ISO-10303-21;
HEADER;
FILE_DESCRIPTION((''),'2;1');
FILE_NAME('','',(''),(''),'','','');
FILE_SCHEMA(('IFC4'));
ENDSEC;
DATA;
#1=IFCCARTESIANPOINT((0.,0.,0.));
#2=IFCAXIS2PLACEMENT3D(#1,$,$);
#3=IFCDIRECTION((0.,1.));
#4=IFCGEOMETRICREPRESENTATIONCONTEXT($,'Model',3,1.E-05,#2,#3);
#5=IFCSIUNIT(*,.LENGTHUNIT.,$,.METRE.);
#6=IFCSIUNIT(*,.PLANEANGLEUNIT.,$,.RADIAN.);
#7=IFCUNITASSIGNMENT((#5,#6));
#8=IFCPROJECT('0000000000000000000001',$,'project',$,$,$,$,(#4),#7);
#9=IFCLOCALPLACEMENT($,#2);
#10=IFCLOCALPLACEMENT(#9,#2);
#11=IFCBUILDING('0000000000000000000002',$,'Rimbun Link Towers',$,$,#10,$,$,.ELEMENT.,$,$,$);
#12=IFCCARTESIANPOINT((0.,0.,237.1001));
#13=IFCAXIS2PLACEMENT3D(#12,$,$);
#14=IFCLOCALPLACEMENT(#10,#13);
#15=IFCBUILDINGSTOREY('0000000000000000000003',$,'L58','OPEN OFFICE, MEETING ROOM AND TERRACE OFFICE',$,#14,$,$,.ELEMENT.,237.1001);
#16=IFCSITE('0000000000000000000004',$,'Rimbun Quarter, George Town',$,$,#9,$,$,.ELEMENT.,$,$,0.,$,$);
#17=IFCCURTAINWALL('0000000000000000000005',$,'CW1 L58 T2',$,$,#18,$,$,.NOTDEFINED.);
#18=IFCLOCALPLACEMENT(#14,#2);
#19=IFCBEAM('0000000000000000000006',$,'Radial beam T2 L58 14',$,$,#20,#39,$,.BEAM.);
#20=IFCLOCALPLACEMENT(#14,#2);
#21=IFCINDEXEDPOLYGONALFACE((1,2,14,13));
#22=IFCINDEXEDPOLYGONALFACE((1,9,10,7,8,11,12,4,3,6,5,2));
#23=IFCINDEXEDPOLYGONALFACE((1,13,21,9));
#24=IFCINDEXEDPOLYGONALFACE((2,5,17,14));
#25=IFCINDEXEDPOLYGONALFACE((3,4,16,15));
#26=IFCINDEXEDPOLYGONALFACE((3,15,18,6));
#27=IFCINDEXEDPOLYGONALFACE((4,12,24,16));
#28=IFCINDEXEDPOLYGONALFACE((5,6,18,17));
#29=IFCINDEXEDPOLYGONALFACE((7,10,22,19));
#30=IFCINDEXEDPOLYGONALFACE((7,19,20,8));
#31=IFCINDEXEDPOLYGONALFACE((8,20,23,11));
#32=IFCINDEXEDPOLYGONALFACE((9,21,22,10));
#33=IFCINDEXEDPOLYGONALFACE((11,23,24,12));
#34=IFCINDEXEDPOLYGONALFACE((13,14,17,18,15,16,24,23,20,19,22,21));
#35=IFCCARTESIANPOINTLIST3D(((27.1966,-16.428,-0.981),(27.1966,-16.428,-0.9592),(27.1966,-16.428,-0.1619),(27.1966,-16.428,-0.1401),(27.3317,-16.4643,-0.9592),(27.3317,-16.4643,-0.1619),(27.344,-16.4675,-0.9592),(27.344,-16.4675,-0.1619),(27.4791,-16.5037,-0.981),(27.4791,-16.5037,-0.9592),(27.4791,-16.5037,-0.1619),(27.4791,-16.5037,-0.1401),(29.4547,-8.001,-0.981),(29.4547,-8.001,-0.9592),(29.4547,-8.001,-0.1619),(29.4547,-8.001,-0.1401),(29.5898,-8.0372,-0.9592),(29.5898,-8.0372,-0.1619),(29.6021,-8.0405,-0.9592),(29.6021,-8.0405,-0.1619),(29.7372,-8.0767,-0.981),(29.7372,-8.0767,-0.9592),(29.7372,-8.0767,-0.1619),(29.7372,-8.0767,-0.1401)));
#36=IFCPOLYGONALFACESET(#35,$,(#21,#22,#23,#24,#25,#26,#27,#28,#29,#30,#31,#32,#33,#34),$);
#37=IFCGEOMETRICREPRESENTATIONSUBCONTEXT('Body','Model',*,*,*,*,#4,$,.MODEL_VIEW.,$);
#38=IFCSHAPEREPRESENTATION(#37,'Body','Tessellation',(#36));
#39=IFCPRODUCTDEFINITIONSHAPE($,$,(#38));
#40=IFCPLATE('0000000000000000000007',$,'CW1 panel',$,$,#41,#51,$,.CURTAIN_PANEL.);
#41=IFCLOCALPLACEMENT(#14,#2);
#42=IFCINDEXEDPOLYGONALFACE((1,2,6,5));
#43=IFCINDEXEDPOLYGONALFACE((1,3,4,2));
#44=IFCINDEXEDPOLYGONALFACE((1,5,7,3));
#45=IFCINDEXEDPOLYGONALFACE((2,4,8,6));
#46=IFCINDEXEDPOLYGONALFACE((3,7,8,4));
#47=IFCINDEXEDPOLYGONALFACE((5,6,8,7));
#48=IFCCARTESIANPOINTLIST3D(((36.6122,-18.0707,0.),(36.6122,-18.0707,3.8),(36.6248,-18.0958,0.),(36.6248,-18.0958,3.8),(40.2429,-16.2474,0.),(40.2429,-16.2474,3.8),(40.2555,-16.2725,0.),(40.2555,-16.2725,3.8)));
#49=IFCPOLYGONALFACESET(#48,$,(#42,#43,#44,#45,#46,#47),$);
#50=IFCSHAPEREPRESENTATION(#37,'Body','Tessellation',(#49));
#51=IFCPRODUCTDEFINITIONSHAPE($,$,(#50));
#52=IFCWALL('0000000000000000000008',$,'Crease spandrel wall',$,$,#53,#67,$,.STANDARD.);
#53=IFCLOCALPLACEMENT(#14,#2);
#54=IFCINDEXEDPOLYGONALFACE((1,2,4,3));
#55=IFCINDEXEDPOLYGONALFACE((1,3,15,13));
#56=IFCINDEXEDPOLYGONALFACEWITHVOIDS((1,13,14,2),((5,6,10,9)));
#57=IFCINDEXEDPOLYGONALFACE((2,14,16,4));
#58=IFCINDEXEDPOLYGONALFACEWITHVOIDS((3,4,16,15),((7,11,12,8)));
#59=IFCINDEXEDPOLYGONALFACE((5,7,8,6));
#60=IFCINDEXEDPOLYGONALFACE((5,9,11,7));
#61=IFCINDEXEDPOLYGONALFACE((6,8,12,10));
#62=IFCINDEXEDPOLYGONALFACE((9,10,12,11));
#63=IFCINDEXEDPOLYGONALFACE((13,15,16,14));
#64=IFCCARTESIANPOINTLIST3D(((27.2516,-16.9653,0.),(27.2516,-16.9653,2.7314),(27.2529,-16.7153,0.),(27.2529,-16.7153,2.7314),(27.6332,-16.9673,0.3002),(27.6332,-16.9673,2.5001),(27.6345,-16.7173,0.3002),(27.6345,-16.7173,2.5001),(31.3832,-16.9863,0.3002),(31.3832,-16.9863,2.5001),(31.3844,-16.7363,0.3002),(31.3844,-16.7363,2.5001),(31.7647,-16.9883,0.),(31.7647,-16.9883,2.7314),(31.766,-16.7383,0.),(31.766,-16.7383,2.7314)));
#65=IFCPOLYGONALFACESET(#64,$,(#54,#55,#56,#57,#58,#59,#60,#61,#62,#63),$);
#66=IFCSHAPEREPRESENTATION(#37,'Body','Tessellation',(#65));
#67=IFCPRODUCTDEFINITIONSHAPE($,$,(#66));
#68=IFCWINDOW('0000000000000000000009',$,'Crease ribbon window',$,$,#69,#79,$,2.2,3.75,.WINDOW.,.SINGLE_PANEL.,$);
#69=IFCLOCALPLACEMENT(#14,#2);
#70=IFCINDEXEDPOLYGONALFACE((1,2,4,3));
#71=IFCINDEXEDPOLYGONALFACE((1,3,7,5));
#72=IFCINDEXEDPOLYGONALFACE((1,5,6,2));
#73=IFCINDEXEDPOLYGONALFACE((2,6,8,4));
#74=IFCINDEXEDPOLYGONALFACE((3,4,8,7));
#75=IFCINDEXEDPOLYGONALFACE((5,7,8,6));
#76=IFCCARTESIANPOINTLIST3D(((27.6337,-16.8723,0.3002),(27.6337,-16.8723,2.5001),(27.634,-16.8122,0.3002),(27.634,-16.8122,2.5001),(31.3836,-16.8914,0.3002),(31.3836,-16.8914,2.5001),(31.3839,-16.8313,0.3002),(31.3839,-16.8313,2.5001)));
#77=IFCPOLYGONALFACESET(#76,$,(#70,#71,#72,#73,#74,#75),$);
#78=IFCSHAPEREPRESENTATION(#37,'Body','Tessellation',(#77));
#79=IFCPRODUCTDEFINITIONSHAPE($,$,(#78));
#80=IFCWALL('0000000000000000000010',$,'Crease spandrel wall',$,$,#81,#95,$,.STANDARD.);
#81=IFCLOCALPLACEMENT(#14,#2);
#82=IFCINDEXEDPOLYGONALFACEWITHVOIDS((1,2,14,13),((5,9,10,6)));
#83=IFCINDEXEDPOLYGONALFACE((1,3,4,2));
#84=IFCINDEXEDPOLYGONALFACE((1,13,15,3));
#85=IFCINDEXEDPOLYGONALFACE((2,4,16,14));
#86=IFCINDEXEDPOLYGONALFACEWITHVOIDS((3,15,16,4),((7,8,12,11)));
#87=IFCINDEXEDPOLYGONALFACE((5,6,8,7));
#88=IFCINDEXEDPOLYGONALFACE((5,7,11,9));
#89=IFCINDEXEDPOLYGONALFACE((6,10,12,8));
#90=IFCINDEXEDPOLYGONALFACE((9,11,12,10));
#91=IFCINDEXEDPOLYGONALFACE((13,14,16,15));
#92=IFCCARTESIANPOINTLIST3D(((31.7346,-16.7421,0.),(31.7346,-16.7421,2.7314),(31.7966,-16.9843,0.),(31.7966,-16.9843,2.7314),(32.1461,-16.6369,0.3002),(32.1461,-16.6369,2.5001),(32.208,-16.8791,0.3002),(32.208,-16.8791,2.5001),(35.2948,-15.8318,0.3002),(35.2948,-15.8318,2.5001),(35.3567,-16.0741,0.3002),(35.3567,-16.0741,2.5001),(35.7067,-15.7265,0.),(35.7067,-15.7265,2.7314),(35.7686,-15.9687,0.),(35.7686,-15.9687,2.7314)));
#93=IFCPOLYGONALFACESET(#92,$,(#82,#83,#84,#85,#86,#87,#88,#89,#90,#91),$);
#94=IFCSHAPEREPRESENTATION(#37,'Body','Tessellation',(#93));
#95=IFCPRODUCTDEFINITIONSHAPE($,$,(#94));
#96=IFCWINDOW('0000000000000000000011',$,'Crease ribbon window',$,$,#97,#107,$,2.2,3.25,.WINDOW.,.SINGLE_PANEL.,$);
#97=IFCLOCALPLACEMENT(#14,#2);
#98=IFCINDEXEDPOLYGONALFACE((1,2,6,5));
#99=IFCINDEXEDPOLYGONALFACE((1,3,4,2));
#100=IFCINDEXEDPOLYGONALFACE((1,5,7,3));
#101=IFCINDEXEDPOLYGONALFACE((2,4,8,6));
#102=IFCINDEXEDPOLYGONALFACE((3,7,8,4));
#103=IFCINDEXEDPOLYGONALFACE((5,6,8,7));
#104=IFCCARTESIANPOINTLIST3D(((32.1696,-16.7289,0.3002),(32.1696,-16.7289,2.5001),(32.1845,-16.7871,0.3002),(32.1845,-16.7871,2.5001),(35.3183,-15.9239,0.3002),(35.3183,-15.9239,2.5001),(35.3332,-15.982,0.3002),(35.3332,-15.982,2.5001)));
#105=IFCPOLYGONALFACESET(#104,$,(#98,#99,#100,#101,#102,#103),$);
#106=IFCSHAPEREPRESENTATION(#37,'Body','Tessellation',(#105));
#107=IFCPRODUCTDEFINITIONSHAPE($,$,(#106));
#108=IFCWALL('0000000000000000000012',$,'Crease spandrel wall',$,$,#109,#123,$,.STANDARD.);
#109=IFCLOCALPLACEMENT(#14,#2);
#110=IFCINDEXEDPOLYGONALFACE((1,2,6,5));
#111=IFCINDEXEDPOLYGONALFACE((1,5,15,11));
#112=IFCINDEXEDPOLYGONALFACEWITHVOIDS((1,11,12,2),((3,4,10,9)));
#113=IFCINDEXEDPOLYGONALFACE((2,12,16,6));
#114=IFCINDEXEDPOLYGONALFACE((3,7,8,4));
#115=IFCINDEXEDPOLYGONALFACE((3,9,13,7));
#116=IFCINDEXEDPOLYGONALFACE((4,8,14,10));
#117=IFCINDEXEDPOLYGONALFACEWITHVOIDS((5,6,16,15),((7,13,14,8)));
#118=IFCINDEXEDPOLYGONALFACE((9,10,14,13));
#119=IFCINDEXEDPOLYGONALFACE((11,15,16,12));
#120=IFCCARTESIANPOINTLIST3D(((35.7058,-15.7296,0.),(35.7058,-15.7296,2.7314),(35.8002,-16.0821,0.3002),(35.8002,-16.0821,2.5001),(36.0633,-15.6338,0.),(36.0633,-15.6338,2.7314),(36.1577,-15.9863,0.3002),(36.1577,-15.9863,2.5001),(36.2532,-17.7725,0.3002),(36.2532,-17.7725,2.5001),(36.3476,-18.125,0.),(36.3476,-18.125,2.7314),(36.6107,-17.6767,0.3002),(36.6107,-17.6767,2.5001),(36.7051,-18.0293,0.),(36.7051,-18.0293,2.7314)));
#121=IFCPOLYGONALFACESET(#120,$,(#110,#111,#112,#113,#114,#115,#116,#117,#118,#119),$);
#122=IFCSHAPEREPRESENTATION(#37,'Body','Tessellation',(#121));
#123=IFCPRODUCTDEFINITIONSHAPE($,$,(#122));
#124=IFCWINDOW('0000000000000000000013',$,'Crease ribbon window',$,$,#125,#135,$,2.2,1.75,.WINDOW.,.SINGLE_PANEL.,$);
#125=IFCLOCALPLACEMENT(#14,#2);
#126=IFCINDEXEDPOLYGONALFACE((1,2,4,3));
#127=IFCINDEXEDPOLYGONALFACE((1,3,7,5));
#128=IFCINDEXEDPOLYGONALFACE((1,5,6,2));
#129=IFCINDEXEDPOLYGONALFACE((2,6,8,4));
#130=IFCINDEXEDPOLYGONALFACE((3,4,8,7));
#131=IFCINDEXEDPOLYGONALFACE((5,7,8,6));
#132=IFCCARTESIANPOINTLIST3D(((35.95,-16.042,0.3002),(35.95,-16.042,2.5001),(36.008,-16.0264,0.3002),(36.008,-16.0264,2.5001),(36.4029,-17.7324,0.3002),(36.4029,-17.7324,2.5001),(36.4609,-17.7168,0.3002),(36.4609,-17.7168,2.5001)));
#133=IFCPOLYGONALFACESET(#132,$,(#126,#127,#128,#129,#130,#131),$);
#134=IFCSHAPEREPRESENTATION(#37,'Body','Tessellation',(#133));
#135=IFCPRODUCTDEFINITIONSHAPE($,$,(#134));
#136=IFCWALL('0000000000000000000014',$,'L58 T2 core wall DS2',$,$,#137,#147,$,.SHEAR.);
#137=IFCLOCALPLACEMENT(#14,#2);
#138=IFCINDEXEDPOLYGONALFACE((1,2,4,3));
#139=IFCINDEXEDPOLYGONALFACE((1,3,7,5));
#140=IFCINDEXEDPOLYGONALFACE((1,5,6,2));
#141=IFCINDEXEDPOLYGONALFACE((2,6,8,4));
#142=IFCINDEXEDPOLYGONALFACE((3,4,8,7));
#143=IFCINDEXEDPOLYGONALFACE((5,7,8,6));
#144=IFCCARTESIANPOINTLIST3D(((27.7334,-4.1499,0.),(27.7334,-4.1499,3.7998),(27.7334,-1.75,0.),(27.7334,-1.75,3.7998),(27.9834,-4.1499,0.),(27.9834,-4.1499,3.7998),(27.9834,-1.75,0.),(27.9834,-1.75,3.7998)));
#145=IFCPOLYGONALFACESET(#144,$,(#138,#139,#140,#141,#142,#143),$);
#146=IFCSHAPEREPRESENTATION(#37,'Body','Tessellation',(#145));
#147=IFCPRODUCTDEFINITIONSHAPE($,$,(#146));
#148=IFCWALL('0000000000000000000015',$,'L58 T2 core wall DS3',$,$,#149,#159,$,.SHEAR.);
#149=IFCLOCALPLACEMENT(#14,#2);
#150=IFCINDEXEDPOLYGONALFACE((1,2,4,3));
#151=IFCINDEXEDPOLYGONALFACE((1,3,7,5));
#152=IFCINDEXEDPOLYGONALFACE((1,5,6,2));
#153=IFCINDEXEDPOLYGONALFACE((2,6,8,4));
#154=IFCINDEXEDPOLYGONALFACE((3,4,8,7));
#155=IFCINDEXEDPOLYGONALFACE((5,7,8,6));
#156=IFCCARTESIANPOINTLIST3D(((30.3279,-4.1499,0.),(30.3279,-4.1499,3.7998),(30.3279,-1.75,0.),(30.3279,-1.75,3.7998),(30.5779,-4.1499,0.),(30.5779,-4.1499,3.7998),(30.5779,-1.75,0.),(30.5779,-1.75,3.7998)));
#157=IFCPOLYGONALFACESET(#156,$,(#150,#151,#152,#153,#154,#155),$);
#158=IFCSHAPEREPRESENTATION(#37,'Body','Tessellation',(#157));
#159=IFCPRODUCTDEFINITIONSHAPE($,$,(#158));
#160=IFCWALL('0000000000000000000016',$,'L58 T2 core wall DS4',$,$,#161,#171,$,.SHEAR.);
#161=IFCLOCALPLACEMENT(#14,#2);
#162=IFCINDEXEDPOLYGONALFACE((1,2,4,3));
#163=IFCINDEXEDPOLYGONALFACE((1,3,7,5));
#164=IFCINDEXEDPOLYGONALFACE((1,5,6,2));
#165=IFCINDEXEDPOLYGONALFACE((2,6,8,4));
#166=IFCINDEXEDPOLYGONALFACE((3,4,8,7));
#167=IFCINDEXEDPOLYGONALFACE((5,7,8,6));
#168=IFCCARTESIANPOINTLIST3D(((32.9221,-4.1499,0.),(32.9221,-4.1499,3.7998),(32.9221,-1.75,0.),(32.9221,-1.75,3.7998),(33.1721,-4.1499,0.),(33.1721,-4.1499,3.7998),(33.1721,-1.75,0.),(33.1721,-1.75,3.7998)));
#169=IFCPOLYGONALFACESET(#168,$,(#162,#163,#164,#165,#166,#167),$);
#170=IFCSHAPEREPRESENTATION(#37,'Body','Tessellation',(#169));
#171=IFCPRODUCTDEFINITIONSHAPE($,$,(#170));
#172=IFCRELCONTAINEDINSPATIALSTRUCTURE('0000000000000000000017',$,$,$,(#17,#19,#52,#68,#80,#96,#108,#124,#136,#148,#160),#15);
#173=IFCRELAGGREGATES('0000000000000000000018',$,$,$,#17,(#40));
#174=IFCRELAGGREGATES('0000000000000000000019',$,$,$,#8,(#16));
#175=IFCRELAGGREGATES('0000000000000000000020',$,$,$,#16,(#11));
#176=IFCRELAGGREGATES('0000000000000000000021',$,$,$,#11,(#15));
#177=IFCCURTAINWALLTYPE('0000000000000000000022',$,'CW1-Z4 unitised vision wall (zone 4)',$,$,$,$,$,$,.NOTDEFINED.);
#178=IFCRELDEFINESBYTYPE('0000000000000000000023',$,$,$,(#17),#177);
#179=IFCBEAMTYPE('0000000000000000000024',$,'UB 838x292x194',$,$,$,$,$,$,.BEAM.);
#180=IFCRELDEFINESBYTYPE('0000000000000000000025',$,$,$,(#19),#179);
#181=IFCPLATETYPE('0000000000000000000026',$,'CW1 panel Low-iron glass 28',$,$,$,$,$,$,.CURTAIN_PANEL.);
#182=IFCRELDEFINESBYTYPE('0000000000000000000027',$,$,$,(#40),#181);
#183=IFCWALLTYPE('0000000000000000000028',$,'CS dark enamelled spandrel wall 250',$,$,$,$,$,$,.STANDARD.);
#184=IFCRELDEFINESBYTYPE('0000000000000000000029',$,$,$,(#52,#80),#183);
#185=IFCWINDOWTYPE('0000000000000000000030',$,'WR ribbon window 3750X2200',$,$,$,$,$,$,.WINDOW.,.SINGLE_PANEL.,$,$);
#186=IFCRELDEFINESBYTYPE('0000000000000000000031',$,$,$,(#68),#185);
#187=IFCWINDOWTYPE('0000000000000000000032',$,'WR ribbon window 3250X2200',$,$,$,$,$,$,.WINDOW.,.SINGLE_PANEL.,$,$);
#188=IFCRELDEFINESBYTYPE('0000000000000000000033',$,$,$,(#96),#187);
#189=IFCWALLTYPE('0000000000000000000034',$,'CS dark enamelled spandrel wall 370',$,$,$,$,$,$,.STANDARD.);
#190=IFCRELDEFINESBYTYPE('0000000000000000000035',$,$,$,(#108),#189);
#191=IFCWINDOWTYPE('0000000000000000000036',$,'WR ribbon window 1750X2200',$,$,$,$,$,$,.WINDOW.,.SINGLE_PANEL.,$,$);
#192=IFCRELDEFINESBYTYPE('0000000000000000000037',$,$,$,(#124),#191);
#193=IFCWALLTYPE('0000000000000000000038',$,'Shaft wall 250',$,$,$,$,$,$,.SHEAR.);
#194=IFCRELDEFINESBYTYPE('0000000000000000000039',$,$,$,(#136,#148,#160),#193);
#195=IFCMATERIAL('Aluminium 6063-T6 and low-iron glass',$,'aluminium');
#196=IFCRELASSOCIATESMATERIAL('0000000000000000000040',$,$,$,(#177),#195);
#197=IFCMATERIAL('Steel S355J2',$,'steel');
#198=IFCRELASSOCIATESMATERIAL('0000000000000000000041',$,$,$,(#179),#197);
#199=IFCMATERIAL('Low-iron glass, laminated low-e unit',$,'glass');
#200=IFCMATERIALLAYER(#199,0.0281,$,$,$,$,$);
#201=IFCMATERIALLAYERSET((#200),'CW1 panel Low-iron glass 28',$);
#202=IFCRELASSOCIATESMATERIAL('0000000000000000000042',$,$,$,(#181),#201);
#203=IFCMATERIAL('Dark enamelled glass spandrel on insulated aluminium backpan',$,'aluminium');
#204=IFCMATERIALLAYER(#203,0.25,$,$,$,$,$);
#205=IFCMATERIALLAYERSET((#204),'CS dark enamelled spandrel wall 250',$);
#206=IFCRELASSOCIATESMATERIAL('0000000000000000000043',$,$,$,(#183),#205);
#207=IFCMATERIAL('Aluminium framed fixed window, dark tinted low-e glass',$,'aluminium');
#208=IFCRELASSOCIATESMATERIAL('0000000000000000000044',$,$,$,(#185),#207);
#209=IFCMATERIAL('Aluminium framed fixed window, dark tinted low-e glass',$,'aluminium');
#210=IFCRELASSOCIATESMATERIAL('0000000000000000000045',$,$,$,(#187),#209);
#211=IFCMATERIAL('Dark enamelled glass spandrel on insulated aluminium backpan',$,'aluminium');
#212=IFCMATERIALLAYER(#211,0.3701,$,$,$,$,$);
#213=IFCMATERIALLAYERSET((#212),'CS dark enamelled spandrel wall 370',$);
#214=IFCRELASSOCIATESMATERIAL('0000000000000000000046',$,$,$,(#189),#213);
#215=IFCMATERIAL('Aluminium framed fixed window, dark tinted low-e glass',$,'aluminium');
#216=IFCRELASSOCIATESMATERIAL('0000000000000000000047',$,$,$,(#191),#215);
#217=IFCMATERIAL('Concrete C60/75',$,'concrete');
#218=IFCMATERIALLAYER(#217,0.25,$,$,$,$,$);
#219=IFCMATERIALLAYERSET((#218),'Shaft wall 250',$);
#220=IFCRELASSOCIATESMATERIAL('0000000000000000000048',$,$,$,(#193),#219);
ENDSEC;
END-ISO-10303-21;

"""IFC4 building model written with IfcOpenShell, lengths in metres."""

from ifc_helpers import new_model, si_unit, direction, frame, frame_2d, origin, origin_2d, place, context, subcontext, project, spatial, rectangle, i_section, extrude, material, layer, layer_set, material_profile, profile_set, type_object, element, fill, aggregate, save


model = new_model("IFC4")

# Units and contexts
model_context = context("Model", 3, precision=1e-05, world=origin(), true_north=direction((0.0, 1.0)))
body_context = subcontext(model_context, "Body", "Model", "MODEL_VIEW")
ifc_project = project(units=[si_unit("LENGTHUNIT", "METRE"), si_unit("PLANEANGLEUNIT", "RADIAN")], contexts=[model_context])

# Site, building, storey
site_placement = place(None, origin())
site = spatial("IfcSite", under=ifc_project, at=site_placement, Name="Rimbun Quarter, George Town", CompositionType="ELEMENT", RefElevation=0.0)
building_placement = place(site_placement, origin())
building = spatial("IfcBuilding", under=site, at=building_placement, Name="Rimbun Link Towers", CompositionType="ELEMENT")
storey_placement = place(building_placement, frame((0.0, 0.0, 237.1001)))
storey = spatial("IfcBuildingStorey", under=building, at=storey_placement, Name="L58", Description="OPEN OFFICE, MEETING ROOM AND TERRACE OFFICE", CompositionType="ELEMENT", Elevation=237.1001)

# Curtain wall
ifc_material_1 = material(Name="Aluminium 6063-T6 and low-iron glass", Category="aluminium")
curtain_wall_type = type_object("IfcCurtainWallType", Name="CW1-Z4 unitised vision wall (zone 4)", PredefinedType="NOTDEFINED", material=ifc_material_1)
curtain_wall_placement = place(storey_placement, origin())
curtain_wall = element("IfcCurtainWall", 1, at=curtain_wall_placement, inside=storey, type_object=curtain_wall_type, Name="CW1 L58 T2", PredefinedType="NOTDEFINED")

# Beam
ifc_material_2 = material(Name="Steel S355J2", Category="steel")
ifc_material_profile_1 = material_profile(ifc_material_2, i_section(OverallWidth=0.2925, OverallDepth=0.8408, WebThickness=0.0127, FlangeThickness=0.0217, at=origin_2d()), Name="UB 838x292x194")
ifc_profile_set_1 = profile_set([ifc_material_profile_1], Name="Steel S355J2")
beam_type_1 = type_object("IfcBeamType", Name="UB 838x292x194", PredefinedType="BEAM", material=ifc_profile_set_1)
beam_1_placement = place(storey_placement, frame((29.5959, -8.0388, -0.5605), z_axis=(-0.258824, -0.965924, 0.0), x_axis=(0.965924, -0.258824, 0.0)))
element("IfcBeam", 2, at=beam_1_placement, inside=storey, type_object=beam_type_1, Name="Radial beam T2 L58 14", PredefinedType="BEAM", context=body_context, shape_type="SweptSolid", body=[
    extrude(i_section(OverallWidth=0.2925, OverallDepth=0.8408, WebThickness=0.0127, FlangeThickness=0.0217, at=origin_2d()), origin(), (0.0, 0.0, 1.0), 8.7244),
])

# Plate
ifc_material_3 = material(Name="Low-iron glass, laminated low-e unit", Category="glass")
ifc_layer_1 = layer(ifc_material_3, 0.0281)
ifc_layer_set_1 = layer_set([ifc_layer_1], Name="CW1 panel Low-iron glass 28")
plate_type = type_object("IfcPlateType", Name="CW1 panel Low-iron glass 28", PredefinedType="CURTAIN_PANEL", material=ifc_layer_set_1)
plate_placement = place(storey_placement, frame((38.4338, -17.1716, 0.0), z_axis=(0.0, 0.0, 1.0), x_axis=(-0.893643, -0.448779, 0.0)))
plate = element("IfcPlate", 3, at=plate_placement, type_object=plate_type, Name="CW1 panel", PredefinedType="CURTAIN_PANEL", context=body_context, shape_type="SweptSolid", body=[
    extrude(rectangle(XDim=4.0627, YDim=0.0281, at=origin_2d()), origin(), (0.0, 0.0, 1.0), 3.8),
])
aggregate(curtain_wall, [plate])

# Walls, openings, windows
ifc_material_4 = material(Name="Dark enamelled glass spandrel on insulated aluminium backpan", Category="aluminium")
ifc_layer_2 = layer(ifc_material_4, 0.25)
ifc_layer_set_2 = layer_set([ifc_layer_2], Name="CS dark enamelled spandrel wall 250")
wall_type_1 = type_object("IfcWallType", Name="CS dark enamelled spandrel wall 250", PredefinedType="STANDARD", material=ifc_layer_set_2)
wall_1_placement = place(storey_placement, frame((31.7654, -16.8633, 0.0), z_axis=(0.0, 0.0, 1.0), x_axis=(-0.999987, 0.005085, 0.0)))
wall_1 = element("IfcWall", 4, at=wall_1_placement, inside=storey, type_object=wall_type_1, Name="Crease spandrel wall", PredefinedType="STANDARD", context=body_context, shape_type="SweptSolid", body=[
    extrude(rectangle(XDim=4.5132, YDim=0.25, at=frame_2d((2.2566, 0.0))), origin(), (0.0, 0.0, 1.0), 2.7314),
])
opening_1_placement = place(wall_1_placement, frame((0.3816, 0.0, 0.3)))
opening_1 = element("IfcOpeningElement", 5, at=opening_1_placement, cuts=wall_1, PredefinedType="OPENING", context=body_context, shape_type="SweptSolid", body=[
    extrude(rectangle(XDim=3.75, YDim=2.2, at=frame_2d((1.875, 1.1001))), frame((0.0, 0.135, 0.0), z_axis=(0.0, -1.0, 0.0), x_axis=(1.0, 0.0, 0.0)), (0.0, 0.0, 1.0), 0.27),
])
ifc_material_5 = material(Name="Aluminium framed fixed window, dark tinted low-e glass", Category="aluminium")
window_type_1 = type_object("IfcWindowType", Name="WR ribbon window 3750X2200", PartitioningType="SINGLE_PANEL", PredefinedType="WINDOW", material=ifc_material_5)
window_1_placement = place(opening_1_placement, origin())
window_1 = element("IfcWindow", 6, at=window_1_placement, inside=storey, type_object=window_type_1, Name="Crease ribbon window", OverallHeight=2.2, OverallWidth=3.75, PartitioningType="SINGLE_PANEL", PredefinedType="WINDOW", context=body_context, shape_type="SweptSolid", body=[
    extrude(rectangle(XDim=3.75, YDim=2.2, at=frame_2d((1.875, 1.1001))), frame((0.0, 0.03, 0.0), z_axis=(0.0, -1.0, 0.0), x_axis=(1.0, 0.0, 0.0)), (0.0, 0.0, 1.0), 0.0601),
])
fill(opening_1, window_1)
wall_2_placement = place(storey_placement, frame((35.7375, -15.8477, 0.0), z_axis=(0.0, 0.0, 1.0), x_axis=(-0.968833, -0.247716, 0.0)))
wall_2 = element("IfcWall", 7, at=wall_2_placement, inside=storey, type_object=wall_type_1, Name="Crease spandrel wall", PredefinedType="STANDARD", context=body_context, shape_type="SweptSolid", body=[
    extrude(rectangle(XDim=4.0999, YDim=0.25, at=frame_2d((2.0498, 0.0))), origin(), (0.0, 0.0, 1.0), 2.7314),
])
opening_2_placement = place(wall_2_placement, frame((0.425, 0.0, 0.3)))
opening_2 = element("IfcOpeningElement", 8, at=opening_2_placement, cuts=wall_2, PredefinedType="OPENING", context=body_context, shape_type="SweptSolid", body=[
    extrude(rectangle(XDim=3.25, YDim=2.2, at=frame_2d((1.625, 1.1001))), frame((0.0, 0.135, 0.0), z_axis=(0.0, -1.0, 0.0), x_axis=(1.0, 0.0, 0.0)), (0.0, 0.0, 1.0), 0.27),
])
ifc_material_6 = material(Name="Aluminium framed fixed window, dark tinted low-e glass", Category="aluminium")
window_type_2 = type_object("IfcWindowType", Name="WR ribbon window 3250X2200", PartitioningType="SINGLE_PANEL", PredefinedType="WINDOW", material=ifc_material_6)
window_2_placement = place(opening_2_placement, origin())
window_2 = element("IfcWindow", 9, at=window_2_placement, inside=storey, type_object=window_type_2, Name="Crease ribbon window", OverallHeight=2.2, OverallWidth=3.25, PartitioningType="SINGLE_PANEL", PredefinedType="WINDOW", context=body_context, shape_type="SweptSolid", body=[
    extrude(rectangle(XDim=3.25, YDim=2.2, at=frame_2d((1.625, 1.1001))), frame((0.0, 0.03, 0.0), z_axis=(0.0, -1.0, 0.0), x_axis=(1.0, 0.0, 0.0)), (0.0, 0.0, 1.0), 0.0601),
])
fill(opening_2, window_2)
ifc_material_7 = material(Name="Dark enamelled glass spandrel on insulated aluminium backpan", Category="aluminium")
ifc_layer_3 = layer(ifc_material_7, 0.3701)
ifc_layer_set_3 = layer_set([ifc_layer_3], Name="CS dark enamelled spandrel wall 370")
wall_type_2 = type_object("IfcWallType", Name="CS dark enamelled spandrel wall 370", PredefinedType="STANDARD", material=ifc_layer_set_3)
wall_3_placement = place(storey_placement, frame((36.5264, -18.0771, 0.0), z_axis=(0.0, 0.0, 1.0), x_axis=(-0.258808, 0.965929, 0.0)))
wall_3 = element("IfcWall", 10, at=wall_3_placement, inside=storey, type_object=wall_type_2, Name="Crease spandrel wall", PredefinedType="STANDARD", context=body_context, shape_type="SweptSolid", body=[
    extrude(rectangle(XDim=2.48, YDim=0.3701, at=frame_2d((1.24, 0.0))), origin(), (0.0, 0.0, 1.0), 2.7314),
])
opening_3_placement = place(wall_3_placement, frame((0.365, 0.0, 0.3)))
opening_3 = element("IfcOpeningElement", 11, at=opening_3_placement, cuts=wall_3, PredefinedType="OPENING", context=body_context, shape_type="SweptSolid", body=[
    extrude(rectangle(XDim=1.75, YDim=2.2, at=frame_2d((0.875, 1.1001))), frame((0.0, 0.1951, 0.0), z_axis=(0.0, -1.0, 0.0), x_axis=(1.0, 0.0, 0.0)), (0.0, 0.0, 1.0), 0.3901),
])
ifc_material_8 = material(Name="Aluminium framed fixed window, dark tinted low-e glass", Category="aluminium")
window_type_3 = type_object("IfcWindowType", Name="WR ribbon window 1750X2200", PartitioningType="SINGLE_PANEL", PredefinedType="WINDOW", material=ifc_material_8)
window_3_placement = place(opening_3_placement, origin())
window_3 = element("IfcWindow", 12, at=window_3_placement, inside=storey, type_object=window_type_3, Name="Crease ribbon window", OverallHeight=2.2, OverallWidth=1.75, PartitioningType="SINGLE_PANEL", PredefinedType="WINDOW", context=body_context, shape_type="SweptSolid", body=[
    extrude(rectangle(XDim=1.75, YDim=2.2, at=frame_2d((0.875, 1.1001))), frame((0.0, 0.03, 0.0), z_axis=(0.0, -1.0, 0.0), x_axis=(1.0, 0.0, 0.0)), (0.0, 0.0, 1.0), 0.0601),
])
fill(opening_3, window_3)

# Walls
ifc_material_9 = material(Name="Concrete C60/75", Category="concrete")
ifc_layer_4 = layer(ifc_material_9, 0.25)
ifc_layer_set_4 = layer_set([ifc_layer_4], Name="Shaft wall 250")
wall_type_3 = type_object("IfcWallType", Name="Shaft wall 250", PredefinedType="SHEAR", material=ifc_layer_set_4)
for number, where, z_axis, x_axis, name in (
    (13, (27.8584, -4.1499, 0.0), (0.0, 0.0, 1.0), (0.0, 1.0, 0.0), "L58 T2 core wall DS2"),
    (14, (30.4529, -4.1499, 0.0), (0.0, 0.0, 1.0), (0.0, 1.0, 0.0), "L58 T2 core wall DS3"),
    (15, (33.0471, -4.1499, 0.0), (0.0, 0.0, 1.0), (0.0, 1.0, 0.0), "L58 T2 core wall DS4"),
):
    element("IfcWall", number, at=place(storey_placement, frame(where, z_axis=z_axis, x_axis=x_axis)), inside=storey, type_object=wall_type_3, Name=name, PredefinedType="SHEAR", context=body_context, shape_type="SweptSolid", body=[
        extrude(rectangle(XDim=2.3999, YDim=0.25, at=frame_2d((1.2, 0.0))), origin(), (0.0, 0.0, 1.0), 3.7998),
    ])

save(model, "model.ifc")
